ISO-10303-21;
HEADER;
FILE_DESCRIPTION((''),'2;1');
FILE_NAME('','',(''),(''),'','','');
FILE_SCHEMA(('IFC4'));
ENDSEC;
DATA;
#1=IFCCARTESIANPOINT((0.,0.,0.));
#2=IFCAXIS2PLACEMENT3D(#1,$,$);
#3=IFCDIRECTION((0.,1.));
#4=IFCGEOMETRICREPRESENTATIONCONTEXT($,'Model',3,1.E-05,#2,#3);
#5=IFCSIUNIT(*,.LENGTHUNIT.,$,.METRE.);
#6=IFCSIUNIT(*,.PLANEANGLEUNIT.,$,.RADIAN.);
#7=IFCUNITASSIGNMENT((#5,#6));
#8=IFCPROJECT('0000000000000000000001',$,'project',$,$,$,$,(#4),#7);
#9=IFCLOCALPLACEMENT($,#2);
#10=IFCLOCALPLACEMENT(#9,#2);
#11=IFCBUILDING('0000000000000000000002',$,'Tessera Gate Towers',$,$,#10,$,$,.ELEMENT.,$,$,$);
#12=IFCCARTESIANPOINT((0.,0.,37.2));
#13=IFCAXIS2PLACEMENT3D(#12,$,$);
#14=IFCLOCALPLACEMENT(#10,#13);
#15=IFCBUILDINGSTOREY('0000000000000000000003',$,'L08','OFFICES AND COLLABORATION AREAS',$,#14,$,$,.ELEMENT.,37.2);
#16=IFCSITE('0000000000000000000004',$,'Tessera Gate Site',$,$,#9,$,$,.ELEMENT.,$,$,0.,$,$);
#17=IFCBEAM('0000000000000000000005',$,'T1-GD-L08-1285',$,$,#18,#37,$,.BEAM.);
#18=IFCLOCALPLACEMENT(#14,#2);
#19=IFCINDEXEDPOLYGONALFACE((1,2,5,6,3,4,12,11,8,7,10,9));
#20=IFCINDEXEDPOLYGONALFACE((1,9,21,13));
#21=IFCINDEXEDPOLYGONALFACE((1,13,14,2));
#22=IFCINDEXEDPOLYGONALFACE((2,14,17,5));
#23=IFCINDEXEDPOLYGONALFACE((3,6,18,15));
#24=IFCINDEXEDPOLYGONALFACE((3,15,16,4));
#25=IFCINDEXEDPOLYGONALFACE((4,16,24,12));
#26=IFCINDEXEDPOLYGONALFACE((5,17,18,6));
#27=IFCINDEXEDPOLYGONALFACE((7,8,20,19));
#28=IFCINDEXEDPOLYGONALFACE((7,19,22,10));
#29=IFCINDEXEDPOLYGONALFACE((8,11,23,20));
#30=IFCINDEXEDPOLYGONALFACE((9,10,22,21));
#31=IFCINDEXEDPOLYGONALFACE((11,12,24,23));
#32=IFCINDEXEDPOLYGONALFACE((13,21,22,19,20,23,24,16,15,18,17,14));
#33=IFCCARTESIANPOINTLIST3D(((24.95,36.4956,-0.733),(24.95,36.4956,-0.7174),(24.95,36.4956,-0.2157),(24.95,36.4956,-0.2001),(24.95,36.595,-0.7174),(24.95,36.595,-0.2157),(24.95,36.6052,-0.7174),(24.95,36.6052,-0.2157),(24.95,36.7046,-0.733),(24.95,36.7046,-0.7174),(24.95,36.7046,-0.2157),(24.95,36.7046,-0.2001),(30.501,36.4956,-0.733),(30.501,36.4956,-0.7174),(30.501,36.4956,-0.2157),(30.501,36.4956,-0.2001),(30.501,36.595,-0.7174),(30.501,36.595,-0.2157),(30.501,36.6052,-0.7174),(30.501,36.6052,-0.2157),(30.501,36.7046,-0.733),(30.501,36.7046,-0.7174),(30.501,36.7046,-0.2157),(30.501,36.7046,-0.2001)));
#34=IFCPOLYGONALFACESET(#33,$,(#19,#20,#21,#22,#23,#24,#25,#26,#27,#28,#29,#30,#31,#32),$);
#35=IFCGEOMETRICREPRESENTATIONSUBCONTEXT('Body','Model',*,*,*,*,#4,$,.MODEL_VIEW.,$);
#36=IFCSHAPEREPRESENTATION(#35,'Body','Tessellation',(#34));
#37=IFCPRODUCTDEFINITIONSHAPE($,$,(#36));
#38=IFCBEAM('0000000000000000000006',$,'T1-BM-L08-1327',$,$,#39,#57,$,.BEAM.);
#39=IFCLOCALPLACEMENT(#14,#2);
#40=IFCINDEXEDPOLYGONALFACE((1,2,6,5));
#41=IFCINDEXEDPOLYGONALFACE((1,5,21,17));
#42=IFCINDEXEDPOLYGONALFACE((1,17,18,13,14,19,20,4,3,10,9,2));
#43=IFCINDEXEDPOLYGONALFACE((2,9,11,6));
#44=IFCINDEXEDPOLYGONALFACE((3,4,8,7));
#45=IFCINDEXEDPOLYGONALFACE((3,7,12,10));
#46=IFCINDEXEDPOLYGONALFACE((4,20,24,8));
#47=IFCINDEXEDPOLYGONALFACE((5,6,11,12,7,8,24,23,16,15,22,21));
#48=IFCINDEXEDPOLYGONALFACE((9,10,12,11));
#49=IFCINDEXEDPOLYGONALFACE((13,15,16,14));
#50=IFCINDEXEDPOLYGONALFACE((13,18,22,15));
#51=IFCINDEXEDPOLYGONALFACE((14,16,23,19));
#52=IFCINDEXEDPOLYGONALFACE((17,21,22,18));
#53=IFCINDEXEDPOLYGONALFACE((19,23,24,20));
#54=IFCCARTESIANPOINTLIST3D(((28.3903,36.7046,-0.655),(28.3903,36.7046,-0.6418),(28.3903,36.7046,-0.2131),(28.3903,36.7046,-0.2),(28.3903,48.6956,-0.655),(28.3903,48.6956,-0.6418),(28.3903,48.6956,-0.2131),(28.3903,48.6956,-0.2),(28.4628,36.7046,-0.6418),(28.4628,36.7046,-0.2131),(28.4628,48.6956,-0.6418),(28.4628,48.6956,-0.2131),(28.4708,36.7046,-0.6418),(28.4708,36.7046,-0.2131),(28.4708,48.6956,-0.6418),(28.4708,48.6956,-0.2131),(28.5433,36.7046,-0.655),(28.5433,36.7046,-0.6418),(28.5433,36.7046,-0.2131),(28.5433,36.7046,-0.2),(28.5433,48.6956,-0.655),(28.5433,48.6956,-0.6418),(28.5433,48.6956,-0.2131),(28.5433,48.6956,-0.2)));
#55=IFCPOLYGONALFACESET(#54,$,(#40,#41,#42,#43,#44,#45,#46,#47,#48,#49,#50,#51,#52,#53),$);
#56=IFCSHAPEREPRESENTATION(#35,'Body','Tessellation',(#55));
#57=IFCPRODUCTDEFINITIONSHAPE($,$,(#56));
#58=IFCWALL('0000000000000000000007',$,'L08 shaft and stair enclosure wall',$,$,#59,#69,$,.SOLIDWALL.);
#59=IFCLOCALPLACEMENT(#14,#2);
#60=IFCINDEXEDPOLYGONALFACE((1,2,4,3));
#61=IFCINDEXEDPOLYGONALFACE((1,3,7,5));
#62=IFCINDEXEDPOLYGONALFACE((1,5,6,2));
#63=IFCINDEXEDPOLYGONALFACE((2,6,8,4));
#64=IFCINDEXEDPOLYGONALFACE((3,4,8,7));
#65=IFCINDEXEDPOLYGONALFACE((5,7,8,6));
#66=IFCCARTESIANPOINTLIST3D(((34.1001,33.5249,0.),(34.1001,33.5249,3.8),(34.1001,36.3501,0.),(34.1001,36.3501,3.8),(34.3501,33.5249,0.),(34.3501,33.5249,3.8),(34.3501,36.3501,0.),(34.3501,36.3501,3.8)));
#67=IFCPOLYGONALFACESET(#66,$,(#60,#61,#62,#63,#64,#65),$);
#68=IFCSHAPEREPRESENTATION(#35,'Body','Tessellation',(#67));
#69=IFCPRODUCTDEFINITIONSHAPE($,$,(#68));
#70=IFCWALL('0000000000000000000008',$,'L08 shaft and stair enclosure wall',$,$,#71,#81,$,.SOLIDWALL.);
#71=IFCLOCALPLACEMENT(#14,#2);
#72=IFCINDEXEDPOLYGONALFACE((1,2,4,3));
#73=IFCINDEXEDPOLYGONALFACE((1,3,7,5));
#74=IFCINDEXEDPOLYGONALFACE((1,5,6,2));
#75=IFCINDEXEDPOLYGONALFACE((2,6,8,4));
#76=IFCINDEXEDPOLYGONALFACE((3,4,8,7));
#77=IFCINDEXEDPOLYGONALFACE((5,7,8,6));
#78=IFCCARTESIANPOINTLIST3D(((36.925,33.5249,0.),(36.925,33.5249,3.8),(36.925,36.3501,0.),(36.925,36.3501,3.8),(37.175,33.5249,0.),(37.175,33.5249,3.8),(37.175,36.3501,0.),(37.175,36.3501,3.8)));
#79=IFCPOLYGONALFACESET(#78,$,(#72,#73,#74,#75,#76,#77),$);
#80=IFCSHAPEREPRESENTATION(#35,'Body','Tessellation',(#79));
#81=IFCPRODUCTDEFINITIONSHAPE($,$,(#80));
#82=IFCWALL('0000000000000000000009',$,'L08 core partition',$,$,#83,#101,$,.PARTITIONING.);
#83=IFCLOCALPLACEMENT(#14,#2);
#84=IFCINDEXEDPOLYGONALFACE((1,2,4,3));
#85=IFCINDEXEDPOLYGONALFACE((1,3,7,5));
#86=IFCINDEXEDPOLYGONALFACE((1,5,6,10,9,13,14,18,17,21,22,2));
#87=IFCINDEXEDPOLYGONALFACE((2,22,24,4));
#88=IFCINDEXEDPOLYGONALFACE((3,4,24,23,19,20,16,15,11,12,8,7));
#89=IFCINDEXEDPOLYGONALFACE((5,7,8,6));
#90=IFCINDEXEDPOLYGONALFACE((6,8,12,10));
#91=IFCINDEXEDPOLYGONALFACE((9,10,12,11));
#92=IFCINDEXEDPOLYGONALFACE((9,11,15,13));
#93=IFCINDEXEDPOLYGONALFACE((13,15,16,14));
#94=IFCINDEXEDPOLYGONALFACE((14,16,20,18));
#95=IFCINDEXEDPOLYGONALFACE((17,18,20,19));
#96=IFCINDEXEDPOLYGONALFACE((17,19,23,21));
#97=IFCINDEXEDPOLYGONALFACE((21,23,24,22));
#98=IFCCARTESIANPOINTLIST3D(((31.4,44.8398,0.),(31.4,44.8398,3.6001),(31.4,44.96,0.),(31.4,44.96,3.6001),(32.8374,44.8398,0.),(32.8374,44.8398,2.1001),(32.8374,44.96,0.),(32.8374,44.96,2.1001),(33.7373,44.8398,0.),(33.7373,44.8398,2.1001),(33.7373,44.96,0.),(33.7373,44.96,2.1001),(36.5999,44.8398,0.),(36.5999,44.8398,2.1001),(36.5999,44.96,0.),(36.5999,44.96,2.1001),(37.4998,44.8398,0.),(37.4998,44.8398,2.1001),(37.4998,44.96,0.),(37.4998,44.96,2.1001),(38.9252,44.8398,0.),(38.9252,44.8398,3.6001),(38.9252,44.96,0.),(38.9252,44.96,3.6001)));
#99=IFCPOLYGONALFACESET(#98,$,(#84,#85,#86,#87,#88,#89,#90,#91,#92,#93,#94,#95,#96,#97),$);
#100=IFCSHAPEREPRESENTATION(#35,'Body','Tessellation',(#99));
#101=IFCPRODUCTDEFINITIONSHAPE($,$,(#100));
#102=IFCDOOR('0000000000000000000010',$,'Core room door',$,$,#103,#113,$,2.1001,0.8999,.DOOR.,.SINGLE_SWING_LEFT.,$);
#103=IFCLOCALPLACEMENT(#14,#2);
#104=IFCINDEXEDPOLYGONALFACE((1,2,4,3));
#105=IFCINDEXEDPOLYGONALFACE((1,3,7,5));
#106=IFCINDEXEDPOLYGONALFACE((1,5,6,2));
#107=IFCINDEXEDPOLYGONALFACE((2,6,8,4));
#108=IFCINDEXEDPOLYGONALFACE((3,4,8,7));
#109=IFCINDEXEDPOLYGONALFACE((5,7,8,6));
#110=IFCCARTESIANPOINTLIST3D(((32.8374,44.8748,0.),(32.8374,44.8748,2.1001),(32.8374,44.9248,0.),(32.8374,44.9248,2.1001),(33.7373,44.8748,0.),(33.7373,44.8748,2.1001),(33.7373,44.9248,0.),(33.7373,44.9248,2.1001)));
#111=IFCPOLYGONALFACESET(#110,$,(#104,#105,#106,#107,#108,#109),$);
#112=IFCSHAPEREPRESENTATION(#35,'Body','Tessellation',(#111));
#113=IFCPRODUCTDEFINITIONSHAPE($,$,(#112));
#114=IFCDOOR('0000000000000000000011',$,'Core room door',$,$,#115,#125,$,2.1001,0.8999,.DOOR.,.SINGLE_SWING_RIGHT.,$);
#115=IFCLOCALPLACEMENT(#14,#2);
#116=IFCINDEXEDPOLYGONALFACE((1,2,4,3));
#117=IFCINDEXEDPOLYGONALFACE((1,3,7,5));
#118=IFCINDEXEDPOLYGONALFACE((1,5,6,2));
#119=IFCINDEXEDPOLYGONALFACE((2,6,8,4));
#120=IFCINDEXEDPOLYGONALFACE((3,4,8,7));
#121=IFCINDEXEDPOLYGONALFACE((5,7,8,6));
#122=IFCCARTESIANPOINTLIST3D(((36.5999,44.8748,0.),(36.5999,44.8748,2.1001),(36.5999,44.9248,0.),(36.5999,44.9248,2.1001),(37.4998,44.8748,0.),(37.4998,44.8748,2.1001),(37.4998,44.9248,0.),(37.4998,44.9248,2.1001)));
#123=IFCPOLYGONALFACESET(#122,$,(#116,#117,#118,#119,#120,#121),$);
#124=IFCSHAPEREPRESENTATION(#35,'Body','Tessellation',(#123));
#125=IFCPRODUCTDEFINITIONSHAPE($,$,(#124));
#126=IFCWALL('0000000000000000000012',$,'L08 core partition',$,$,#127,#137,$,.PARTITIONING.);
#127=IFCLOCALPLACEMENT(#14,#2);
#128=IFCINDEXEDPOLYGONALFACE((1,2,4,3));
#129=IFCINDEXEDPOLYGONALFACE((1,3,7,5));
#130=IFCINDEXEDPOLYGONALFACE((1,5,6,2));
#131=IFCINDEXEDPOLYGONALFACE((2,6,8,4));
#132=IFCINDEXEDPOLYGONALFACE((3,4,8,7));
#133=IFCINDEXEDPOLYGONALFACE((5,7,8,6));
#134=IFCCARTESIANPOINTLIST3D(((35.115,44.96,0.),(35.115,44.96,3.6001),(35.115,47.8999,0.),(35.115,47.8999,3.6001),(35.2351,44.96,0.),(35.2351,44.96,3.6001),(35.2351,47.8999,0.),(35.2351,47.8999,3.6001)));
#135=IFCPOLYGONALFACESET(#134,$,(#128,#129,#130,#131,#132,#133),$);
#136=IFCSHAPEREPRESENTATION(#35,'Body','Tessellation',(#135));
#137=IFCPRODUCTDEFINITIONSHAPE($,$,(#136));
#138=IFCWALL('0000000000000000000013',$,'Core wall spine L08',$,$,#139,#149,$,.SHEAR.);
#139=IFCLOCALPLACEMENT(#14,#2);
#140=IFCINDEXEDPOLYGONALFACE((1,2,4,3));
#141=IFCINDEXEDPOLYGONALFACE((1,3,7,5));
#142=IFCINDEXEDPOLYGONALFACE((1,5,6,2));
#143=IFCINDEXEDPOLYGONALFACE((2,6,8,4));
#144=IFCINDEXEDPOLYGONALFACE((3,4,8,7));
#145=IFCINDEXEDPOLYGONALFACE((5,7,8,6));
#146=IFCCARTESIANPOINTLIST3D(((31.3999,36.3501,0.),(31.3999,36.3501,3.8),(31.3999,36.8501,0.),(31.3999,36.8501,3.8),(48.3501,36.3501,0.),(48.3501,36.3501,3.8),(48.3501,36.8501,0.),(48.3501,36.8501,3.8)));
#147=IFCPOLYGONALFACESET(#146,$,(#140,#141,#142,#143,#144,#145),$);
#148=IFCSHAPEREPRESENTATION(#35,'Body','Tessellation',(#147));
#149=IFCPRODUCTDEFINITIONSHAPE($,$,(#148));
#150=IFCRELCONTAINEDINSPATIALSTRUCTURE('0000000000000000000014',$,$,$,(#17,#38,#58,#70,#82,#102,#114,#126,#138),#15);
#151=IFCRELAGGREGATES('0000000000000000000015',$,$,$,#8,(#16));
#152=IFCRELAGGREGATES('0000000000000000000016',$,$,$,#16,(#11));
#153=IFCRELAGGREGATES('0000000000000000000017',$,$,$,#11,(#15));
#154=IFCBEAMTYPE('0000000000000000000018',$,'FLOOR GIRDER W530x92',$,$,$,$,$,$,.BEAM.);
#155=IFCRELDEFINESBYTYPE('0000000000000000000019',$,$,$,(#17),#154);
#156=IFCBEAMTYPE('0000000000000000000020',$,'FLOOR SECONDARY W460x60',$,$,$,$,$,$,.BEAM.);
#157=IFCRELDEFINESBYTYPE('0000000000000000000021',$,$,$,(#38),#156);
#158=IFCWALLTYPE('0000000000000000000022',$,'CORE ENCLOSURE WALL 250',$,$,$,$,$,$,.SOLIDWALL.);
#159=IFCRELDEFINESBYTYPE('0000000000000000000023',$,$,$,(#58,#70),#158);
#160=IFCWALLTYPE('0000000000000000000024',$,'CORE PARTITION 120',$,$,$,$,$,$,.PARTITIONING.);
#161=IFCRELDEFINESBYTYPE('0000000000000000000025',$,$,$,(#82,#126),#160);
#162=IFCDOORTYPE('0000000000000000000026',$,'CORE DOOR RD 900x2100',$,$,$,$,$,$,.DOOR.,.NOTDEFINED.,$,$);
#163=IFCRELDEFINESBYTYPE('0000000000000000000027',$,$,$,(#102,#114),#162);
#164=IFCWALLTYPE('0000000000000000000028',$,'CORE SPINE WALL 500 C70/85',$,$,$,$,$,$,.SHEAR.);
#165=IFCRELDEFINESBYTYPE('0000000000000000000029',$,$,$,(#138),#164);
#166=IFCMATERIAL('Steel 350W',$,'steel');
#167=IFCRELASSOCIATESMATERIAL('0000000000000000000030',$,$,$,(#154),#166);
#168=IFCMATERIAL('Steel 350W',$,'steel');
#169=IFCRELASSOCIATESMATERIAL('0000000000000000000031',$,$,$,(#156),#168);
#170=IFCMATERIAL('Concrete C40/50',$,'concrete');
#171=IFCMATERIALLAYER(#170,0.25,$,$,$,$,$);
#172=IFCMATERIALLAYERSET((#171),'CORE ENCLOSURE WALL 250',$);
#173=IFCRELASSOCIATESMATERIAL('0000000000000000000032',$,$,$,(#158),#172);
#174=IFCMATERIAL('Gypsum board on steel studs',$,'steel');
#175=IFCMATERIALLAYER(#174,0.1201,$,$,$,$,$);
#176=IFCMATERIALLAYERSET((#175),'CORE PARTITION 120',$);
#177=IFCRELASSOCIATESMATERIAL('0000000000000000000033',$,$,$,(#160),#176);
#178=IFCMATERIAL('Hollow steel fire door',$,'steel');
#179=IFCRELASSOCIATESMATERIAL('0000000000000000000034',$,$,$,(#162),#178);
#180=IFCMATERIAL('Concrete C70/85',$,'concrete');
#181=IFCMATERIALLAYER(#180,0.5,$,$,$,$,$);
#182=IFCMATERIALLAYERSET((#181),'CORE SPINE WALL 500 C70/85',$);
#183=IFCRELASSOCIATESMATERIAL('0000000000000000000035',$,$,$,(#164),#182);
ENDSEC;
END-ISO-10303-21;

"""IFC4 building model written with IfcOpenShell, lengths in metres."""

from ifc_helpers import new_model, si_unit, direction, frame, frame_2d, origin, origin_2d, place, context, subcontext, project, spatial, rectangle, i_section, extrude, source, transform, mapped, material, layer, layer_set, material_profile, profile_set, type_object, element, fill, save


model = new_model("IFC4")

# Units and contexts
model_context = context("Model", 3, precision=1e-05, world=origin(), true_north=direction((0.0, 1.0)))
body_context = subcontext(model_context, "Body", "Model", "MODEL_VIEW")
ifc_project = project(units=[si_unit("LENGTHUNIT", "METRE"), si_unit("PLANEANGLEUNIT", "RADIAN")], contexts=[model_context])

# Site, building, storey
site_placement = place(None, origin())
site = spatial("IfcSite", under=ifc_project, at=site_placement, Name="Tessera Gate Site", CompositionType="ELEMENT", RefElevation=0.0)
building_placement = place(site_placement, origin())
building = spatial("IfcBuilding", under=site, at=building_placement, Name="Tessera Gate Towers", CompositionType="ELEMENT")
storey_placement = place(building_placement, frame((0.0, 0.0, 37.2)))
storey = spatial("IfcBuildingStorey", under=building, at=storey_placement, Name="L08", Description="OFFICES AND COLLABORATION AREAS", CompositionType="ELEMENT", Elevation=37.2)

# Beams
ifc_material_1 = material(Name="Steel 350W", Category="steel")
ifc_material_profile_1 = material_profile(ifc_material_1, i_section(OverallWidth=0.209, OverallDepth=0.533, WebThickness=0.0103, FlangeThickness=0.0156, at=origin_2d()), Name="W530x92")
ifc_profile_set_1 = profile_set([ifc_material_profile_1], Name="Steel 350W")
beam_type_1 = type_object("IfcBeamType", Name="FLOOR GIRDER W530x92", PredefinedType="BEAM", material=ifc_profile_set_1)
beam_1_placement = place(storey_placement, frame((24.95, 36.6001, -0.4666), z_axis=(1.0, 0.0, 0.0), x_axis=(0.0, 1.0, 0.0)))
element("IfcBeam", 1, at=beam_1_placement, inside=storey, type_object=beam_type_1, Name="T1-GD-L08-1285", PredefinedType="BEAM", context=body_context, shape_type="SweptSolid", body=[
    extrude(i_section(OverallWidth=0.209, OverallDepth=0.533, WebThickness=0.0103, FlangeThickness=0.0156, at=origin_2d()), origin(), (0.0, 0.0, 1.0), 5.551),
])
ifc_material_2 = material(Name="Steel 350W", Category="steel")
ifc_material_profile_2 = material_profile(ifc_material_2, i_section(OverallWidth=0.1531, OverallDepth=0.4551, WebThickness=0.0081, FlangeThickness=0.0132, at=origin_2d()), Name="W460x60")
ifc_profile_set_2 = profile_set([ifc_material_profile_2], Name="Steel 350W")
beam_type_2 = type_object("IfcBeamType", Name="FLOOR SECONDARY W460x60", PredefinedType="BEAM", material=ifc_profile_set_2)
beam_2_placement = place(storey_placement, frame((28.4668, 36.7046, -0.4275), z_axis=(0.0, 1.0, 0.0), x_axis=(-1.0, 0.0, 0.0)))
element("IfcBeam", 2, at=beam_2_placement, inside=storey, type_object=beam_type_2, Name="T1-BM-L08-1327", PredefinedType="BEAM", context=body_context, shape_type="SweptSolid", body=[
    extrude(i_section(OverallWidth=0.1531, OverallDepth=0.4551, WebThickness=0.0081, FlangeThickness=0.0132, at=origin_2d()), origin(), (0.0, 0.0, 1.0), 11.991),
])

# Walls
ifc_material_3 = material(Name="Concrete C40/50", Category="concrete")
ifc_layer_1 = layer(ifc_material_3, 0.25)
ifc_layer_set_1 = layer_set([ifc_layer_1], Name="CORE ENCLOSURE WALL 250")
wall_type_1 = type_object("IfcWallType", Name="CORE ENCLOSURE WALL 250", PredefinedType="SOLIDWALL", material=ifc_layer_set_1)
for number, where, z_axis, x_axis, name in (
    (3, (34.2251, 33.5249, 0.0), (0.0, 0.0, 1.0), (0.0, 1.0, 0.0), "L08 shaft and stair enclosure wall"),
    (4, (37.05, 33.5249, 0.0), (0.0, 0.0, 1.0), (0.0, 1.0, 0.0), "L08 shaft and stair enclosure wall"),
):
    element("IfcWall", number, at=place(storey_placement, frame(where, z_axis=z_axis, x_axis=x_axis)), inside=storey, type_object=wall_type_1, Name=name, PredefinedType="SOLIDWALL", context=body_context, shape_type="SweptSolid", body=[
        extrude(rectangle(XDim=2.8252, YDim=0.25, at=frame_2d((1.4126, 0.0))), origin(), (0.0, 0.0, 1.0), 3.8),
    ])

# Wall, openings, doors
ifc_material_4 = material(Name="Gypsum board on steel studs", Category="steel")
ifc_layer_2 = layer(ifc_material_4, 0.1201)
ifc_layer_set_2 = layer_set([ifc_layer_2], Name="CORE PARTITION 120")
wall_type_2 = type_object("IfcWallType", Name="CORE PARTITION 120", PredefinedType="PARTITIONING", material=ifc_layer_set_2)
wall_1_placement = place(storey_placement, frame((31.3999, 44.8999, 0.0), z_axis=(0.0, 0.0, 1.0), x_axis=(1.0, 0.0, 0.0)))
wall_1 = element("IfcWall", 5, at=wall_1_placement, inside=storey, type_object=wall_type_2, Name="L08 core partition", PredefinedType="PARTITIONING", context=body_context, shape_type="SweptSolid", body=[
    extrude(rectangle(XDim=7.5251, YDim=0.1201, at=frame_2d((3.7627, 0.0))), origin(), (0.0, 0.0, 1.0), 3.6001),
])
shared_shape_1 = source(origin(), body_context, "Body", "SweptSolid", [
    extrude(rectangle(XDim=0.8999, YDim=2.1001, at=frame_2d((0.45, 1.05))), frame((0.0, 0.0701, 0.0), z_axis=(0.0, -1.0, 0.0), x_axis=(1.0, 0.0, 0.0)), (0.0, 0.0, 1.0), 0.1401),
])
opening_1_placement = place(wall_1_placement, frame((1.4375, 0.0, 0.0)))
opening_1 = element("IfcOpeningElement", 6, at=opening_1_placement, cuts=wall_1, PredefinedType="OPENING", context=body_context, shape_type="MappedRepresentation", body=[
    mapped(shared_shape_1, transform((0.0, 0.0, 0.0), scale=1.0)),
])
opening_2_placement = place(wall_1_placement, frame((5.2, 0.0, 0.0)))
opening_2 = element("IfcOpeningElement", 7, at=opening_2_placement, cuts=wall_1, PredefinedType="OPENING", context=body_context, shape_type="MappedRepresentation", body=[
    mapped(shared_shape_1, transform((0.0, 0.0, 0.0), scale=1.0)),
])
ifc_material_5 = material(Name="Hollow steel fire door", Category="steel")
door_type_1 = type_object("IfcDoorType", Name="CORE DOOR RD 900x2100", OperationType="NOTDEFINED", PredefinedType="DOOR", material=ifc_material_5)
shared_shape_2 = source(origin(), body_context, "Body", "SweptSolid", [
    extrude(rectangle(XDim=0.8999, YDim=2.1001, at=frame_2d((0.45, 1.05))), frame((0.0, 0.0249, 0.0), z_axis=(0.0, -1.0, 0.0), x_axis=(1.0, 0.0, 0.0)), (0.0, 0.0, 1.0), 0.05),
])
door_1_placement = place(opening_1_placement, origin())
door_1 = element("IfcDoor", 8, at=door_1_placement, inside=storey, type_object=door_type_1, Name="Core room door", OperationType="SINGLE_SWING_LEFT", OverallHeight=2.1001, OverallWidth=0.8999, PredefinedType="DOOR", context=body_context, shape_type="MappedRepresentation", body=[
    mapped(shared_shape_2, transform((0.0, 0.0, 0.0), scale=1.0)),
])
fill(opening_1, door_1)
door_2_placement = place(opening_2_placement, origin())
door_2 = element("IfcDoor", 9, at=door_2_placement, inside=storey, type_object=door_type_1, Name="Core room door", OperationType="SINGLE_SWING_RIGHT", OverallHeight=2.1001, OverallWidth=0.8999, PredefinedType="DOOR", context=body_context, shape_type="MappedRepresentation", body=[
    mapped(shared_shape_2, transform((0.0, 0.0, 0.0), scale=1.0)),
])
fill(opening_2, door_2)

# Walls
wall_2_placement = place(storey_placement, frame((35.175, 44.96, 0.0), z_axis=(0.0, 0.0, 1.0), x_axis=(0.0, 1.0, 0.0)))
element("IfcWall", 10, at=wall_2_placement, inside=storey, type_object=wall_type_2, Name="L08 core partition", PredefinedType="PARTITIONING", context=body_context, shape_type="SweptSolid", body=[
    extrude(rectangle(XDim=2.9399, YDim=0.1201, at=frame_2d((1.47, 0.0))), origin(), (0.0, 0.0, 1.0), 3.6001),
])
ifc_material_6 = material(Name="Concrete C70/85", Category="concrete")
ifc_layer_3 = layer(ifc_material_6, 0.5)
ifc_layer_set_3 = layer_set([ifc_layer_3], Name="CORE SPINE WALL 500 C70/85")
wall_type_3 = type_object("IfcWallType", Name="CORE SPINE WALL 500 C70/85", PredefinedType="SHEAR", material=ifc_layer_set_3)
wall_3_placement = place(storey_placement, frame((31.3999, 36.6001, 0.0), z_axis=(0.0, 0.0, 1.0), x_axis=(1.0, 0.0, 0.0)))
element("IfcWall", 11, at=wall_3_placement, inside=storey, type_object=wall_type_3, Name="Core wall spine L08", PredefinedType="SHEAR", context=body_context, shape_type="SweptSolid", body=[
    extrude(rectangle(XDim=16.9502, YDim=0.5, at=frame_2d((8.4751, 0.0))), origin(), (0.0, 0.0, 1.0), 3.8),
])

save(model, "model.ifc")
